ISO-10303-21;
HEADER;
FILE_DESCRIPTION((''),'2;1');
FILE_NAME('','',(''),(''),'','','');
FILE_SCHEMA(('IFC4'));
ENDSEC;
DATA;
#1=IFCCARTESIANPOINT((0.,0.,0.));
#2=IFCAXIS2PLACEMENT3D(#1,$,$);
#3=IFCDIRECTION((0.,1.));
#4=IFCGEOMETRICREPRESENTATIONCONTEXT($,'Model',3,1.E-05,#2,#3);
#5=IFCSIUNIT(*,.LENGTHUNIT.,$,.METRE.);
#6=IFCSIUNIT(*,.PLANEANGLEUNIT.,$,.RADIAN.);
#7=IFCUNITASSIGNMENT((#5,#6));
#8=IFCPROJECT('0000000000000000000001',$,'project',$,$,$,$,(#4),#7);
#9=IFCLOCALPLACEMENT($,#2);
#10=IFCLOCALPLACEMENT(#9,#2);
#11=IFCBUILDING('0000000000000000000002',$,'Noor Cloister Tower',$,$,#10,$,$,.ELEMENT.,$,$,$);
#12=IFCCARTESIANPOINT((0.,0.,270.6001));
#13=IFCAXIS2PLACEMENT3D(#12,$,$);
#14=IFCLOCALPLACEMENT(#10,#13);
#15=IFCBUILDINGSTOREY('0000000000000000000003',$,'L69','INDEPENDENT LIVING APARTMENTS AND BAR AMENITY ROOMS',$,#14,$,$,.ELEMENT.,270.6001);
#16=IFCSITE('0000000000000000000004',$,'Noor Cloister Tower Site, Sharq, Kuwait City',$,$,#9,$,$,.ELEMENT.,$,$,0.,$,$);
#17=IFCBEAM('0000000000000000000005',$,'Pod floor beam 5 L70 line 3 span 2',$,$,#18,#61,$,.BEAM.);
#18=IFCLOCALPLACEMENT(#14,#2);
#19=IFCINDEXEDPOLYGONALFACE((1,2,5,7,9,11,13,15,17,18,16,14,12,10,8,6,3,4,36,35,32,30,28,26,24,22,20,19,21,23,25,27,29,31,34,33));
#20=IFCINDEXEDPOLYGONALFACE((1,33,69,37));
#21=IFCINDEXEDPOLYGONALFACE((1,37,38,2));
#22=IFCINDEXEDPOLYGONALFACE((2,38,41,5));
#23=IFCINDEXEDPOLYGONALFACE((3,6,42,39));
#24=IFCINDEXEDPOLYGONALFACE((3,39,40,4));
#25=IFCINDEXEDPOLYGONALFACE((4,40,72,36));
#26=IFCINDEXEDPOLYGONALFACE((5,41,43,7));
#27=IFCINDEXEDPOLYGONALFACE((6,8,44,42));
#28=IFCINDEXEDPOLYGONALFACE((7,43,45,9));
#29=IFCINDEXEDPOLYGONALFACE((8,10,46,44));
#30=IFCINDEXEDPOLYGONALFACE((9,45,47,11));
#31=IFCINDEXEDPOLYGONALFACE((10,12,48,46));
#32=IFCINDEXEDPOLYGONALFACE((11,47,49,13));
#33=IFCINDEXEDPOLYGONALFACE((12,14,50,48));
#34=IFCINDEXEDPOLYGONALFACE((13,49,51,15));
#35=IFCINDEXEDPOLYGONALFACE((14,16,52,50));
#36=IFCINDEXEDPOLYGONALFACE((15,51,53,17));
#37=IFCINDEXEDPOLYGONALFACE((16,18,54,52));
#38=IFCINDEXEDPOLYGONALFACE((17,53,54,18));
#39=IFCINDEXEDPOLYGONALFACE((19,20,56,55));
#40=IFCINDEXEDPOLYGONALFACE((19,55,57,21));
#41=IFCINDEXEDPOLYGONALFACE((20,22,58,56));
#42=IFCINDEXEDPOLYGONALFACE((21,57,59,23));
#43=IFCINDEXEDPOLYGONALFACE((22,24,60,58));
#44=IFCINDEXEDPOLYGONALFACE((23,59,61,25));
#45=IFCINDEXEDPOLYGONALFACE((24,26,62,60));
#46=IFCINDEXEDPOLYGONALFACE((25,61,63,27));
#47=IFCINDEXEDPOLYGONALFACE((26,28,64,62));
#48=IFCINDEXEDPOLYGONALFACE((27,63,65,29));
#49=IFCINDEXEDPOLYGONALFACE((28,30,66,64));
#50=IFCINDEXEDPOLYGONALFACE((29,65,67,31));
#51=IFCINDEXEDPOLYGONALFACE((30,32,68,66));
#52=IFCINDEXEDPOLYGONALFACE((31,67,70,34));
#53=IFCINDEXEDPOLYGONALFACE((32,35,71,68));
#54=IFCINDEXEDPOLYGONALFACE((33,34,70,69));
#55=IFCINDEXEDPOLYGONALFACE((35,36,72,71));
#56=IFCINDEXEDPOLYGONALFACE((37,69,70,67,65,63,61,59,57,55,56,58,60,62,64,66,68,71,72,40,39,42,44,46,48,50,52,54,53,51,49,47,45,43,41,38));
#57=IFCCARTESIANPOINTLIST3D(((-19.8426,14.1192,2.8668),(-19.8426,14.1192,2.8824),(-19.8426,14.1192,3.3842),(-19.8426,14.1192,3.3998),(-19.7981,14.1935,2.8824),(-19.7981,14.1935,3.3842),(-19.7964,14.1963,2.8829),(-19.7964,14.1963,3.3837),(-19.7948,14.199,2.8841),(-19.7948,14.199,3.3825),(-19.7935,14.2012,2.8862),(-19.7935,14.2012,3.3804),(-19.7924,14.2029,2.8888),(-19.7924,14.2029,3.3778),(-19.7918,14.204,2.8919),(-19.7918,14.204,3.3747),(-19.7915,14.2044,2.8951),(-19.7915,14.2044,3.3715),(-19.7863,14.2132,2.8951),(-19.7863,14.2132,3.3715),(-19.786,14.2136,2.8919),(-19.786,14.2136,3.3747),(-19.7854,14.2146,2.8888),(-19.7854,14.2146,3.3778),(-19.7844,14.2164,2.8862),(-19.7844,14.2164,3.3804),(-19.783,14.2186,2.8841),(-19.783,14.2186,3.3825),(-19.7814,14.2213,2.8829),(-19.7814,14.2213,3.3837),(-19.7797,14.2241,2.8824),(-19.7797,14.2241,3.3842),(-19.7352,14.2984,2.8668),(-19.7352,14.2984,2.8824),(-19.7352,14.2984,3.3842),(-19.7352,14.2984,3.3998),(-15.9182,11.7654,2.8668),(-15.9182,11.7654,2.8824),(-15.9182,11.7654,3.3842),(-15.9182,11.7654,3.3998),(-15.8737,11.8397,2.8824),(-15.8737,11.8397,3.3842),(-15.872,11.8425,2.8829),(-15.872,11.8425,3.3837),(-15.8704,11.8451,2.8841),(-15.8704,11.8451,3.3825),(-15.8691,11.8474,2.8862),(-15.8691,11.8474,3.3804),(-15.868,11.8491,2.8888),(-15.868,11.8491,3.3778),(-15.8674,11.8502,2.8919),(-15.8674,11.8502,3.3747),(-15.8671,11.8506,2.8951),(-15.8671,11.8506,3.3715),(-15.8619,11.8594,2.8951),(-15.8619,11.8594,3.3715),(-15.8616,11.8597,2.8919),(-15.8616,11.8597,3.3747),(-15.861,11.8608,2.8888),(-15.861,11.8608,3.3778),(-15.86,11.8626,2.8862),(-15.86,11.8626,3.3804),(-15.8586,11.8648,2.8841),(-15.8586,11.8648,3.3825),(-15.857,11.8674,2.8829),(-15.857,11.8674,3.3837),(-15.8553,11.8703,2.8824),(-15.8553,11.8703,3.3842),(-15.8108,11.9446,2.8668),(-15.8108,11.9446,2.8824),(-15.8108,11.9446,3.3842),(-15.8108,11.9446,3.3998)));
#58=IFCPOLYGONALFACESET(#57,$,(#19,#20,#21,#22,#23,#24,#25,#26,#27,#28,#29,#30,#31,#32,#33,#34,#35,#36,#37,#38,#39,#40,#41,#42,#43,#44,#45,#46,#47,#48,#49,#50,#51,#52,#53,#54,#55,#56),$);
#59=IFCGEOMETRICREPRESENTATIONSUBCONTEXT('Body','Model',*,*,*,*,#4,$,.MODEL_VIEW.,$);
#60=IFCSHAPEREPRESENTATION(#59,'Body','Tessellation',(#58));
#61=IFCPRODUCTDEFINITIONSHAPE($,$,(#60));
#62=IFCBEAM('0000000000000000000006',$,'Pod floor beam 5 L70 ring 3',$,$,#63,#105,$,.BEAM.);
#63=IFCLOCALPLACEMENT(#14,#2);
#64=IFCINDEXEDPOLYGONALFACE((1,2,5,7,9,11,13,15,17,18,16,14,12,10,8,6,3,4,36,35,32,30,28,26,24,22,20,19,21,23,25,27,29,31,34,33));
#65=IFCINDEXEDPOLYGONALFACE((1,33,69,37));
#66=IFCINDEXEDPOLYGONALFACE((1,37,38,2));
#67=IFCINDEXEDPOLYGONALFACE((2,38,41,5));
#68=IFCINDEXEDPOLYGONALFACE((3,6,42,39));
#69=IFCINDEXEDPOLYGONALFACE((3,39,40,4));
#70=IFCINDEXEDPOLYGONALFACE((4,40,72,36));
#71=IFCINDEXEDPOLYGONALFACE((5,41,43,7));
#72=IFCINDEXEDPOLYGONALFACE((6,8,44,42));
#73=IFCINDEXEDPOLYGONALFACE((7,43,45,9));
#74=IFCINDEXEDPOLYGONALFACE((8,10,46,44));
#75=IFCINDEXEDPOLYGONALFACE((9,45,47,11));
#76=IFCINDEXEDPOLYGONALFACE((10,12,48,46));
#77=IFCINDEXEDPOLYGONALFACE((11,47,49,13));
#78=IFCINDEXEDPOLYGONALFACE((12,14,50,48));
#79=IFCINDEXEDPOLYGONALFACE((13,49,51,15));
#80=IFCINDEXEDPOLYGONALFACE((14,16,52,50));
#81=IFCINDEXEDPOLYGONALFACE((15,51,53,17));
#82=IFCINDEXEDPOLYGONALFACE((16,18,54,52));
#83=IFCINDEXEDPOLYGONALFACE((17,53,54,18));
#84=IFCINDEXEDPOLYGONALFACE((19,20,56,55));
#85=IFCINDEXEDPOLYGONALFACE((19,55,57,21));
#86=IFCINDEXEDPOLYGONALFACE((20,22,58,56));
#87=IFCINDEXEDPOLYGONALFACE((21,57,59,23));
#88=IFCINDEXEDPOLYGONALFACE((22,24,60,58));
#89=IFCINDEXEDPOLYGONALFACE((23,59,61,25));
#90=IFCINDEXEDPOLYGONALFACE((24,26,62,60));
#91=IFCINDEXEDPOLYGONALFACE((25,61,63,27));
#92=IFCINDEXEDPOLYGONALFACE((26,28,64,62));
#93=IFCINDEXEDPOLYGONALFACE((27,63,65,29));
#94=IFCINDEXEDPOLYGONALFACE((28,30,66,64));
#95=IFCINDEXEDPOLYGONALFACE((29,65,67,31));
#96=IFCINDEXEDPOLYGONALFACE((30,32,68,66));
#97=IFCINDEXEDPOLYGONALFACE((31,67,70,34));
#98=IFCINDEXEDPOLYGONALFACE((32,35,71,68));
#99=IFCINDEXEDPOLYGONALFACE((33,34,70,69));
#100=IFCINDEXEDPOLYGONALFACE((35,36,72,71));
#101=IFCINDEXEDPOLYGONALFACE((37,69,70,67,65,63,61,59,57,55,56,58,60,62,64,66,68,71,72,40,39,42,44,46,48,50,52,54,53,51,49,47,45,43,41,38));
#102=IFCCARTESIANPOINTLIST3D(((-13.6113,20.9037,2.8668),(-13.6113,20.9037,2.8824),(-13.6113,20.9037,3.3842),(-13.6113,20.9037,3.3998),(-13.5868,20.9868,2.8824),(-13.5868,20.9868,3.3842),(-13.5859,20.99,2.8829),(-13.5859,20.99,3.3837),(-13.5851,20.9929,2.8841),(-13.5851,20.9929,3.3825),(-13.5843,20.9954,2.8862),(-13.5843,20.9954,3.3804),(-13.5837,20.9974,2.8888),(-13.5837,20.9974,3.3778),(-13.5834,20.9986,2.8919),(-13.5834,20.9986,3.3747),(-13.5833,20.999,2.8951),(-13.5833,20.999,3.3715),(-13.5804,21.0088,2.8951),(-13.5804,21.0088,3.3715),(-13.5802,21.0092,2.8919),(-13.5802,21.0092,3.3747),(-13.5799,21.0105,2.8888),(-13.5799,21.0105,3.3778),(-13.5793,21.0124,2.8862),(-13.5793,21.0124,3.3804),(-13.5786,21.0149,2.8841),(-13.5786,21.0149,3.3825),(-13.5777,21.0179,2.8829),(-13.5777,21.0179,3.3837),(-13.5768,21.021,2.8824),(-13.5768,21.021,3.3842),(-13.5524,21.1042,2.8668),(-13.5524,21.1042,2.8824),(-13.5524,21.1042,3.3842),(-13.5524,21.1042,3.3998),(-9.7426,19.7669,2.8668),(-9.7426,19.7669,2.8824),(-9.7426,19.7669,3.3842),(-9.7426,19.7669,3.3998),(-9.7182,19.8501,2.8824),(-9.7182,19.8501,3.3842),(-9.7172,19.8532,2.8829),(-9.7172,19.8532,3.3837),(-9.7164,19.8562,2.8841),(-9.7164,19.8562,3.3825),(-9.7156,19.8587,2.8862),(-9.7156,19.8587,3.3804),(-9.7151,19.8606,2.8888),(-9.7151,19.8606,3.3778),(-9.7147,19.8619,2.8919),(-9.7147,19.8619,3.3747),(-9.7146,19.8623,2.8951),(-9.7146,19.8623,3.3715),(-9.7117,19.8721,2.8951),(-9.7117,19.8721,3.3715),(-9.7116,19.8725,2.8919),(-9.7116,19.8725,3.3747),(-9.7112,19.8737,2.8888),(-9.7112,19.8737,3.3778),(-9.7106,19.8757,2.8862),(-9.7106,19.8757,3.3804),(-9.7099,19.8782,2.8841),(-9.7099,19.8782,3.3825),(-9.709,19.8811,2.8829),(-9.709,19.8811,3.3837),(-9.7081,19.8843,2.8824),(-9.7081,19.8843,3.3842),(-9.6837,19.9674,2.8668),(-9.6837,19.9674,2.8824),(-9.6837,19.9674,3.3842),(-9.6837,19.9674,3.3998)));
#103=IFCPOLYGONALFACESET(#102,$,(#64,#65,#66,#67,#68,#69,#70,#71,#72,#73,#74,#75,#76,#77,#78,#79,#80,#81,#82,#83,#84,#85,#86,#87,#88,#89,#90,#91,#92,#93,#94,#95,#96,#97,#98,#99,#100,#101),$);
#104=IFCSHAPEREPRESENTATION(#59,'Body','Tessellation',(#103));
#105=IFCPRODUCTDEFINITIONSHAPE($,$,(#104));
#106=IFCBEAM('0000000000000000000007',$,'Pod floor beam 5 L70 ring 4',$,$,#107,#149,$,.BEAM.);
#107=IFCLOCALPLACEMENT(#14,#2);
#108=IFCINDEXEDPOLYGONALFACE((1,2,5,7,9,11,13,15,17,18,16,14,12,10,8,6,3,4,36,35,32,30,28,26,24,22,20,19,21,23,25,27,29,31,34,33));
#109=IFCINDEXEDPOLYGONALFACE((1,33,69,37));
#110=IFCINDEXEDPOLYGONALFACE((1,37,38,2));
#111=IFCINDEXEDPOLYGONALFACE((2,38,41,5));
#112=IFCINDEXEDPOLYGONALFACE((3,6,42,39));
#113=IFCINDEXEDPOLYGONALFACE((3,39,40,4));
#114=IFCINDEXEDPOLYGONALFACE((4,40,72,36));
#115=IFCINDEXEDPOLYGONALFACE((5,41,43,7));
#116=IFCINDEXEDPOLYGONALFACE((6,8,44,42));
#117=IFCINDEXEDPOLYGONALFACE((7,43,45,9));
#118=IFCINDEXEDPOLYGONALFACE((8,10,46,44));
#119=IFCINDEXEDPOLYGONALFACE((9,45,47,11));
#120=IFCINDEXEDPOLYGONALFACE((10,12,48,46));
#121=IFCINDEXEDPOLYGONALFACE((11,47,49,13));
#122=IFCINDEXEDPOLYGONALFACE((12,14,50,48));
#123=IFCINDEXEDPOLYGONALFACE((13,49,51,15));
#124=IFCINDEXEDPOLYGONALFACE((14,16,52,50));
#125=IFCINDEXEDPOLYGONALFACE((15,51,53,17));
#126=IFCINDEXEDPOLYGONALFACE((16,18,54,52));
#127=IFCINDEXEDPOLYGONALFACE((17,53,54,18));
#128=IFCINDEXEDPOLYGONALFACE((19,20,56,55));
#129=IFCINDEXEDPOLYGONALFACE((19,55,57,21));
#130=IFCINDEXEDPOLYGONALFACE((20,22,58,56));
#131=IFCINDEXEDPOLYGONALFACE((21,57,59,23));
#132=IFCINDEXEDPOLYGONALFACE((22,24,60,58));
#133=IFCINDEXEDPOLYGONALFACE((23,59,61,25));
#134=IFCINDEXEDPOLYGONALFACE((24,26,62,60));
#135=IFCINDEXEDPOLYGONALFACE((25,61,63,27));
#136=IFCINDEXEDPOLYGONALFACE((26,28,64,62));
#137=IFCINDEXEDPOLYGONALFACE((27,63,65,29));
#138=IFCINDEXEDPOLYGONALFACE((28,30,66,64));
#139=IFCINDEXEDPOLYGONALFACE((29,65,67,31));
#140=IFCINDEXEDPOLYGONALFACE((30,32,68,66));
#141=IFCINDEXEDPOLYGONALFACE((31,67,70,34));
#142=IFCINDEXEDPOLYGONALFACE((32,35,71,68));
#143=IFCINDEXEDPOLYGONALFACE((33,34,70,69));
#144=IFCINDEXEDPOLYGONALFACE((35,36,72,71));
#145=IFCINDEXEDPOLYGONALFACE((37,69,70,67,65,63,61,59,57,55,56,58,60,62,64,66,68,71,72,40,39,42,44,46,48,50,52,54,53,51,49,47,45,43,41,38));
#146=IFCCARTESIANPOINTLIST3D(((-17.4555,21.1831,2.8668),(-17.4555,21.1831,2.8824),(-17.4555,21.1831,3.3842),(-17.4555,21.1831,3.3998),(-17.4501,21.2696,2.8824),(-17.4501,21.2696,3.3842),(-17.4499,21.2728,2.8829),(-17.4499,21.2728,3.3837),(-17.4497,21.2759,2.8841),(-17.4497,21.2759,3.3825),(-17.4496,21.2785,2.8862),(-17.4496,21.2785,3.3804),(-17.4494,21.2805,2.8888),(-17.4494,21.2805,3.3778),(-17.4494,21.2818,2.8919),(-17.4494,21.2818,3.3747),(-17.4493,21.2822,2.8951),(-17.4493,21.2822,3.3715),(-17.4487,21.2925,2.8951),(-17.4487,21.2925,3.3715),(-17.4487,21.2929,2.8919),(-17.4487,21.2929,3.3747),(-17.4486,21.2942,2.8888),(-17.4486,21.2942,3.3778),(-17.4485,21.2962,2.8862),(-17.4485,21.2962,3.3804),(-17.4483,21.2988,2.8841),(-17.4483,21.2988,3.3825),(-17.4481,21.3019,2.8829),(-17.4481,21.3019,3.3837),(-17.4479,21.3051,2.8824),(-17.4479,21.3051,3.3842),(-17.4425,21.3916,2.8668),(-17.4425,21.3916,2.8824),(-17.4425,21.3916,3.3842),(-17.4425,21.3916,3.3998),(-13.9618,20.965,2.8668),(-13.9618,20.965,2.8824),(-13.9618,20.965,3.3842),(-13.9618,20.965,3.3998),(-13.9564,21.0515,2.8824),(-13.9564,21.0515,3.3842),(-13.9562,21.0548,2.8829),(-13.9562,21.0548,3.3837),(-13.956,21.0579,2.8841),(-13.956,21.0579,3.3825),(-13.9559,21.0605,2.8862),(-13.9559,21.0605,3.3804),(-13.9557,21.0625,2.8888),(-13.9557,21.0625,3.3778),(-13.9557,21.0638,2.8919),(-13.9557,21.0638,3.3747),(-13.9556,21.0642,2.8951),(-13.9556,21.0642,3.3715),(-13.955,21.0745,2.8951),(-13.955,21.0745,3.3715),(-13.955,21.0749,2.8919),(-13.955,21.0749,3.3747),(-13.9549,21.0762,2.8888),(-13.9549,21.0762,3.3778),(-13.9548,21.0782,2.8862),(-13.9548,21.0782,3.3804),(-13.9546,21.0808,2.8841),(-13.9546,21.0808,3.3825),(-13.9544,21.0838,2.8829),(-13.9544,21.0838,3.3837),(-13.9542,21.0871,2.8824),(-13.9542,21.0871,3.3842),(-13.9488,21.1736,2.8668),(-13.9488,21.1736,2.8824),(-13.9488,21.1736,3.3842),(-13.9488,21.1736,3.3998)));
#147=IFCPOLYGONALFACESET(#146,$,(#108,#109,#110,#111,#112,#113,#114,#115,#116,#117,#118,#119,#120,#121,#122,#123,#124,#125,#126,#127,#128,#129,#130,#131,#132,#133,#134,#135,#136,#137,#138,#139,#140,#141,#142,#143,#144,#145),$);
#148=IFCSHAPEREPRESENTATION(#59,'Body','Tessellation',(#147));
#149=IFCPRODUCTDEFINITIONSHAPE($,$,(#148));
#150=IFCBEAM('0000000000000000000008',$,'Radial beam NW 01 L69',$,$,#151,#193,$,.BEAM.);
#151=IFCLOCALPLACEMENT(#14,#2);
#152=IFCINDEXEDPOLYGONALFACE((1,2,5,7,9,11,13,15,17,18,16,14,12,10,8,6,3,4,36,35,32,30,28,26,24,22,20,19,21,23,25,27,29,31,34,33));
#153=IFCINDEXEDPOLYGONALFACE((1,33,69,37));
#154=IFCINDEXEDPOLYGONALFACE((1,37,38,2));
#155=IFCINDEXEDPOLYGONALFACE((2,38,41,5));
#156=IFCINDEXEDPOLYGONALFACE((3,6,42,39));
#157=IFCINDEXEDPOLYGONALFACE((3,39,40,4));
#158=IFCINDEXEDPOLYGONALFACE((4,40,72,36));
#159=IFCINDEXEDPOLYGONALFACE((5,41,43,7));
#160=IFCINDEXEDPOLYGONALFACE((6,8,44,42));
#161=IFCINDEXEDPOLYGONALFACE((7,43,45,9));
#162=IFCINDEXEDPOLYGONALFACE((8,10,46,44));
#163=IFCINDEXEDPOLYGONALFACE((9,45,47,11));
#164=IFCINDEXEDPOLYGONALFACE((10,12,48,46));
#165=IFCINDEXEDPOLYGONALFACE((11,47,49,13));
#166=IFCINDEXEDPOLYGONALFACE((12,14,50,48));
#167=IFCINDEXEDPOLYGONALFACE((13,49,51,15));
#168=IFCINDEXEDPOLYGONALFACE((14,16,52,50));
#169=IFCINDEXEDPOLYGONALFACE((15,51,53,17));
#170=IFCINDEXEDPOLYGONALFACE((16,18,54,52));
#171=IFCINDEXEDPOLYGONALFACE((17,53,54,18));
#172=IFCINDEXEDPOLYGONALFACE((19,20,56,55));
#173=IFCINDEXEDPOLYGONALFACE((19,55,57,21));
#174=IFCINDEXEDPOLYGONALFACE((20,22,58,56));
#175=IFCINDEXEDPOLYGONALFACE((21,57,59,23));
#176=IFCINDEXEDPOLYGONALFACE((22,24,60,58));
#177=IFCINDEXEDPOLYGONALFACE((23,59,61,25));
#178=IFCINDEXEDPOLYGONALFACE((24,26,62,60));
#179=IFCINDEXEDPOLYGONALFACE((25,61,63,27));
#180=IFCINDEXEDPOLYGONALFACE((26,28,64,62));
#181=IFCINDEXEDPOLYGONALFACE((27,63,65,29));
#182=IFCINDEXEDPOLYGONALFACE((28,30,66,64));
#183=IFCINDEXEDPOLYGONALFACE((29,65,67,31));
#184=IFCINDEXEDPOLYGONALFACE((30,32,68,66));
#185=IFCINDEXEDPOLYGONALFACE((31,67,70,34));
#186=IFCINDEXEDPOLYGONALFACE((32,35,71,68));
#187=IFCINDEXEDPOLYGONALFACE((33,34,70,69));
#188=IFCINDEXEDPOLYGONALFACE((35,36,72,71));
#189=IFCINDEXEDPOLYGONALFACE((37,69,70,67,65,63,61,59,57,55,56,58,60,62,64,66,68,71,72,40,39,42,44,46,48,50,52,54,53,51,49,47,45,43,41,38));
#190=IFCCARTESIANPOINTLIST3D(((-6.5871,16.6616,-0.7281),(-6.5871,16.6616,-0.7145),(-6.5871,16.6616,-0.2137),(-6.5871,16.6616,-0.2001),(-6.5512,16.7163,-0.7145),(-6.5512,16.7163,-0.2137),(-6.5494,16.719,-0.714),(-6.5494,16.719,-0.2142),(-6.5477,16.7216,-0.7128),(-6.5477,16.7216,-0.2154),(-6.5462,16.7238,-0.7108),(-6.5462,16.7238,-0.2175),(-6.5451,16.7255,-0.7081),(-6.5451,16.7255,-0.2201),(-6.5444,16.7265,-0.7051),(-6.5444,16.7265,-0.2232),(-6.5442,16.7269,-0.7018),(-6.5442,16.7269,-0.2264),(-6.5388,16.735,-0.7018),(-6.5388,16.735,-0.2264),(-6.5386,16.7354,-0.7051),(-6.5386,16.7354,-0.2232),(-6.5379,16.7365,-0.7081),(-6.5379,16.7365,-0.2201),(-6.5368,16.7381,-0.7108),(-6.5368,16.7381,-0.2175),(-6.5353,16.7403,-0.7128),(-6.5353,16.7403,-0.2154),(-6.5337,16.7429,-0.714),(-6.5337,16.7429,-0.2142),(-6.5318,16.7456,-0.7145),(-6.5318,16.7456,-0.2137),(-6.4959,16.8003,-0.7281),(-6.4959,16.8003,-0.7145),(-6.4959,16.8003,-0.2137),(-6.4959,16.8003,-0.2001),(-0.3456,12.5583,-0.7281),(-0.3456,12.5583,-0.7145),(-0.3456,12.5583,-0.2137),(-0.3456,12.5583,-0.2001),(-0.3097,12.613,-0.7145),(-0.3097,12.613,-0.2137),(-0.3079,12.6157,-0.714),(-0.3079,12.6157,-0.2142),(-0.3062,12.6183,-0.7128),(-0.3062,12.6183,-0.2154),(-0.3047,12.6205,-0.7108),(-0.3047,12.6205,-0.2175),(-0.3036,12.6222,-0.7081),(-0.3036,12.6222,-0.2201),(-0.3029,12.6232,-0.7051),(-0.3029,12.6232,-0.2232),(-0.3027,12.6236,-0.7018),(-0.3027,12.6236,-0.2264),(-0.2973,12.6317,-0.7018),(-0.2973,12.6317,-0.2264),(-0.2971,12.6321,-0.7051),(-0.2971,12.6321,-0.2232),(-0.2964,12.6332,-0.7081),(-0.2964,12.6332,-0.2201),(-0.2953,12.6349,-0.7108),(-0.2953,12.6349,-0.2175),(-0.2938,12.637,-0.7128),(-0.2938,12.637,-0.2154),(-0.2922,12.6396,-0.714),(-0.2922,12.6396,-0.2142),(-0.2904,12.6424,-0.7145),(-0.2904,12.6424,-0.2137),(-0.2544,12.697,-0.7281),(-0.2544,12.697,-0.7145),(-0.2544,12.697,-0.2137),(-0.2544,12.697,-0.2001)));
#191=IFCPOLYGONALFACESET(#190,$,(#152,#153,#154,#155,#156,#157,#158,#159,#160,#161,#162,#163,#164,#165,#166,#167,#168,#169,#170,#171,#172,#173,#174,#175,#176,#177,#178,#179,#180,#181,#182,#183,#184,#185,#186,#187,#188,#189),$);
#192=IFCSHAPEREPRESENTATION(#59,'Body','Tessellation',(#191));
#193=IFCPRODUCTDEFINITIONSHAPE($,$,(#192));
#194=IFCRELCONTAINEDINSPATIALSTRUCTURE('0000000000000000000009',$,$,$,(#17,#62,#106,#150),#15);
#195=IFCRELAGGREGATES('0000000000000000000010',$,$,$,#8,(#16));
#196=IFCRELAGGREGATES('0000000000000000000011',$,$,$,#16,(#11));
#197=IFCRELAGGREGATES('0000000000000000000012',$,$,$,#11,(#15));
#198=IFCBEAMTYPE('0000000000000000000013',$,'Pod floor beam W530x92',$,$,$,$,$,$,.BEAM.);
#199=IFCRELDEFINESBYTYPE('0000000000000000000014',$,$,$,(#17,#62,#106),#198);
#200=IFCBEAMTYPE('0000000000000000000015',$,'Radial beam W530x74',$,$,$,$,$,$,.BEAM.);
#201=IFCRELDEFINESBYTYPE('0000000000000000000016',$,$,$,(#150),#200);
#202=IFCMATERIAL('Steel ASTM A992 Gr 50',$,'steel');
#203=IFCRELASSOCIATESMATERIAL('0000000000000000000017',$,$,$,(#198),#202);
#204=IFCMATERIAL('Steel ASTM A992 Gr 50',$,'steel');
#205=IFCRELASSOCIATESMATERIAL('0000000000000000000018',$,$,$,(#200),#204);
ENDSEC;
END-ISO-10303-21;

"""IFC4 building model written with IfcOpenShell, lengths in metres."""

from ifc_helpers import new_model, si_unit, direction, frame, origin, origin_2d, place, context, subcontext, project, spatial, i_section, extrude, material, material_profile, profile_set, type_object, element, save


model = new_model("IFC4")

# Units and contexts
model_context = context("Model", 3, precision=1e-05, world=origin(), true_north=direction((0.0, 1.0)))
body_context = subcontext(model_context, "Body", "Model", "MODEL_VIEW")
ifc_project = project(units=[si_unit("LENGTHUNIT", "METRE"), si_unit("PLANEANGLEUNIT", "RADIAN")], contexts=[model_context])

# Site, building, storey
site_placement = place(None, origin())
site = spatial("IfcSite", under=ifc_project, at=site_placement, Name="Noor Cloister Tower Site, Sharq, Kuwait City", CompositionType="ELEMENT", RefElevation=0.0)
building_placement = place(site_placement, origin())
building = spatial("IfcBuilding", under=site, at=building_placement, Name="Noor Cloister Tower", CompositionType="ELEMENT")
storey_placement = place(building_placement, frame((0.0, 0.0, 270.6001)))
storey = spatial("IfcBuildingStorey", under=building, at=storey_placement, Name="L69", Description="INDEPENDENT LIVING APARTMENTS AND BAR AMENITY ROOMS", CompositionType="ELEMENT", Elevation=270.6001)

# Beams
ifc_material_1 = material(Name="Steel ASTM A992 Gr 50", Category="steel")
ifc_material_profile_1 = material_profile(ifc_material_1, i_section(OverallWidth=0.209, OverallDepth=0.533, WebThickness=0.0103, FlangeThickness=0.0156, FilletRadius=0.0127, at=origin_2d()), Name="W530x92")
ifc_profile_set_1 = profile_set([ifc_material_profile_1], Name="Steel ASTM A992 Gr 50")
beam_type_1 = type_object("IfcBeamType", Name="Pod floor beam W530x92", PredefinedType="BEAM", material=ifc_profile_set_1)
beam_1_placement = place(storey_placement, frame((-15.8645, 11.855, 3.1333), z_axis=(-0.857573, 0.514362, 0.0), x_axis=(-0.514362, -0.857573, 0.0)))
element("IfcBeam", 1, at=beam_1_placement, inside=storey, type_object=beam_type_1, Name="Pod floor beam 5 L70 line 3 span 2", PredefinedType="BEAM", context=body_context, shape_type="SweptSolid", body=[
    extrude(i_section(OverallWidth=0.209, OverallDepth=0.533, WebThickness=0.0103, FlangeThickness=0.0156, FilletRadius=0.0127, at=origin_2d()), origin(), (0.0, 0.0, 1.0), 4.5762),
])
beam_2_placement = place(storey_placement, frame((-9.7131, 19.8672, 3.1333), z_axis=(-0.959441, 0.281911, 0.0), x_axis=(-0.281911, -0.959441, 0.0)))
element("IfcBeam", 2, at=beam_2_placement, inside=storey, type_object=beam_type_1, Name="Pod floor beam 5 L70 ring 3", PredefinedType="BEAM", context=body_context, shape_type="SweptSolid", body=[
    extrude(i_section(OverallWidth=0.209, OverallDepth=0.533, WebThickness=0.0103, FlangeThickness=0.0156, FilletRadius=0.0127, at=origin_2d()), origin(), (0.0, 0.0, 1.0), 4.0322),
])
beam_3_placement = place(storey_placement, frame((-13.9553, 21.0693, 3.1333), z_axis=(-0.998059, 0.062283, 0.0), x_axis=(-0.062283, -0.998059, 0.0)))
element("IfcBeam", 3, at=beam_3_placement, inside=storey, type_object=beam_type_1, Name="Pod floor beam 5 L70 ring 4", PredefinedType="BEAM", context=body_context, shape_type="SweptSolid", body=[
    extrude(i_section(OverallWidth=0.209, OverallDepth=0.533, WebThickness=0.0103, FlangeThickness=0.0156, FilletRadius=0.0127, at=origin_2d()), origin(), (0.0, 0.0, 1.0), 3.5005),
])
ifc_material_2 = material(Name="Steel ASTM A992 Gr 50", Category="steel")
ifc_material_profile_2 = material_profile(ifc_material_2, i_section(OverallWidth=0.166, OverallDepth=0.5281, WebThickness=0.0098, FlangeThickness=0.0137, FilletRadius=0.0127, at=origin_2d()), Name="W530x74")
ifc_profile_set_2 = profile_set([ifc_material_profile_2], Name="Steel ASTM A992 Gr 50")
beam_type_2 = type_object("IfcBeamType", Name="Radial beam W530x74", PredefinedType="BEAM", material=ifc_profile_set_2)
beam_4_placement = place(storey_placement, frame((-6.5415, 16.731, -0.4641), z_axis=(0.835598, -0.549341, 0.0), x_axis=(0.549341, 0.835598, 0.0)))
element("IfcBeam", 4, at=beam_4_placement, inside=storey, type_object=beam_type_2, Name="Radial beam NW 01 L69", PredefinedType="BEAM", context=body_context, shape_type="SweptSolid", body=[
    extrude(i_section(OverallWidth=0.166, OverallDepth=0.5281, WebThickness=0.0098, FlangeThickness=0.0137, FilletRadius=0.0127, at=origin_2d()), origin(), (0.0, 0.0, 1.0), 7.4695),
])

save(model, "model.ifc")
